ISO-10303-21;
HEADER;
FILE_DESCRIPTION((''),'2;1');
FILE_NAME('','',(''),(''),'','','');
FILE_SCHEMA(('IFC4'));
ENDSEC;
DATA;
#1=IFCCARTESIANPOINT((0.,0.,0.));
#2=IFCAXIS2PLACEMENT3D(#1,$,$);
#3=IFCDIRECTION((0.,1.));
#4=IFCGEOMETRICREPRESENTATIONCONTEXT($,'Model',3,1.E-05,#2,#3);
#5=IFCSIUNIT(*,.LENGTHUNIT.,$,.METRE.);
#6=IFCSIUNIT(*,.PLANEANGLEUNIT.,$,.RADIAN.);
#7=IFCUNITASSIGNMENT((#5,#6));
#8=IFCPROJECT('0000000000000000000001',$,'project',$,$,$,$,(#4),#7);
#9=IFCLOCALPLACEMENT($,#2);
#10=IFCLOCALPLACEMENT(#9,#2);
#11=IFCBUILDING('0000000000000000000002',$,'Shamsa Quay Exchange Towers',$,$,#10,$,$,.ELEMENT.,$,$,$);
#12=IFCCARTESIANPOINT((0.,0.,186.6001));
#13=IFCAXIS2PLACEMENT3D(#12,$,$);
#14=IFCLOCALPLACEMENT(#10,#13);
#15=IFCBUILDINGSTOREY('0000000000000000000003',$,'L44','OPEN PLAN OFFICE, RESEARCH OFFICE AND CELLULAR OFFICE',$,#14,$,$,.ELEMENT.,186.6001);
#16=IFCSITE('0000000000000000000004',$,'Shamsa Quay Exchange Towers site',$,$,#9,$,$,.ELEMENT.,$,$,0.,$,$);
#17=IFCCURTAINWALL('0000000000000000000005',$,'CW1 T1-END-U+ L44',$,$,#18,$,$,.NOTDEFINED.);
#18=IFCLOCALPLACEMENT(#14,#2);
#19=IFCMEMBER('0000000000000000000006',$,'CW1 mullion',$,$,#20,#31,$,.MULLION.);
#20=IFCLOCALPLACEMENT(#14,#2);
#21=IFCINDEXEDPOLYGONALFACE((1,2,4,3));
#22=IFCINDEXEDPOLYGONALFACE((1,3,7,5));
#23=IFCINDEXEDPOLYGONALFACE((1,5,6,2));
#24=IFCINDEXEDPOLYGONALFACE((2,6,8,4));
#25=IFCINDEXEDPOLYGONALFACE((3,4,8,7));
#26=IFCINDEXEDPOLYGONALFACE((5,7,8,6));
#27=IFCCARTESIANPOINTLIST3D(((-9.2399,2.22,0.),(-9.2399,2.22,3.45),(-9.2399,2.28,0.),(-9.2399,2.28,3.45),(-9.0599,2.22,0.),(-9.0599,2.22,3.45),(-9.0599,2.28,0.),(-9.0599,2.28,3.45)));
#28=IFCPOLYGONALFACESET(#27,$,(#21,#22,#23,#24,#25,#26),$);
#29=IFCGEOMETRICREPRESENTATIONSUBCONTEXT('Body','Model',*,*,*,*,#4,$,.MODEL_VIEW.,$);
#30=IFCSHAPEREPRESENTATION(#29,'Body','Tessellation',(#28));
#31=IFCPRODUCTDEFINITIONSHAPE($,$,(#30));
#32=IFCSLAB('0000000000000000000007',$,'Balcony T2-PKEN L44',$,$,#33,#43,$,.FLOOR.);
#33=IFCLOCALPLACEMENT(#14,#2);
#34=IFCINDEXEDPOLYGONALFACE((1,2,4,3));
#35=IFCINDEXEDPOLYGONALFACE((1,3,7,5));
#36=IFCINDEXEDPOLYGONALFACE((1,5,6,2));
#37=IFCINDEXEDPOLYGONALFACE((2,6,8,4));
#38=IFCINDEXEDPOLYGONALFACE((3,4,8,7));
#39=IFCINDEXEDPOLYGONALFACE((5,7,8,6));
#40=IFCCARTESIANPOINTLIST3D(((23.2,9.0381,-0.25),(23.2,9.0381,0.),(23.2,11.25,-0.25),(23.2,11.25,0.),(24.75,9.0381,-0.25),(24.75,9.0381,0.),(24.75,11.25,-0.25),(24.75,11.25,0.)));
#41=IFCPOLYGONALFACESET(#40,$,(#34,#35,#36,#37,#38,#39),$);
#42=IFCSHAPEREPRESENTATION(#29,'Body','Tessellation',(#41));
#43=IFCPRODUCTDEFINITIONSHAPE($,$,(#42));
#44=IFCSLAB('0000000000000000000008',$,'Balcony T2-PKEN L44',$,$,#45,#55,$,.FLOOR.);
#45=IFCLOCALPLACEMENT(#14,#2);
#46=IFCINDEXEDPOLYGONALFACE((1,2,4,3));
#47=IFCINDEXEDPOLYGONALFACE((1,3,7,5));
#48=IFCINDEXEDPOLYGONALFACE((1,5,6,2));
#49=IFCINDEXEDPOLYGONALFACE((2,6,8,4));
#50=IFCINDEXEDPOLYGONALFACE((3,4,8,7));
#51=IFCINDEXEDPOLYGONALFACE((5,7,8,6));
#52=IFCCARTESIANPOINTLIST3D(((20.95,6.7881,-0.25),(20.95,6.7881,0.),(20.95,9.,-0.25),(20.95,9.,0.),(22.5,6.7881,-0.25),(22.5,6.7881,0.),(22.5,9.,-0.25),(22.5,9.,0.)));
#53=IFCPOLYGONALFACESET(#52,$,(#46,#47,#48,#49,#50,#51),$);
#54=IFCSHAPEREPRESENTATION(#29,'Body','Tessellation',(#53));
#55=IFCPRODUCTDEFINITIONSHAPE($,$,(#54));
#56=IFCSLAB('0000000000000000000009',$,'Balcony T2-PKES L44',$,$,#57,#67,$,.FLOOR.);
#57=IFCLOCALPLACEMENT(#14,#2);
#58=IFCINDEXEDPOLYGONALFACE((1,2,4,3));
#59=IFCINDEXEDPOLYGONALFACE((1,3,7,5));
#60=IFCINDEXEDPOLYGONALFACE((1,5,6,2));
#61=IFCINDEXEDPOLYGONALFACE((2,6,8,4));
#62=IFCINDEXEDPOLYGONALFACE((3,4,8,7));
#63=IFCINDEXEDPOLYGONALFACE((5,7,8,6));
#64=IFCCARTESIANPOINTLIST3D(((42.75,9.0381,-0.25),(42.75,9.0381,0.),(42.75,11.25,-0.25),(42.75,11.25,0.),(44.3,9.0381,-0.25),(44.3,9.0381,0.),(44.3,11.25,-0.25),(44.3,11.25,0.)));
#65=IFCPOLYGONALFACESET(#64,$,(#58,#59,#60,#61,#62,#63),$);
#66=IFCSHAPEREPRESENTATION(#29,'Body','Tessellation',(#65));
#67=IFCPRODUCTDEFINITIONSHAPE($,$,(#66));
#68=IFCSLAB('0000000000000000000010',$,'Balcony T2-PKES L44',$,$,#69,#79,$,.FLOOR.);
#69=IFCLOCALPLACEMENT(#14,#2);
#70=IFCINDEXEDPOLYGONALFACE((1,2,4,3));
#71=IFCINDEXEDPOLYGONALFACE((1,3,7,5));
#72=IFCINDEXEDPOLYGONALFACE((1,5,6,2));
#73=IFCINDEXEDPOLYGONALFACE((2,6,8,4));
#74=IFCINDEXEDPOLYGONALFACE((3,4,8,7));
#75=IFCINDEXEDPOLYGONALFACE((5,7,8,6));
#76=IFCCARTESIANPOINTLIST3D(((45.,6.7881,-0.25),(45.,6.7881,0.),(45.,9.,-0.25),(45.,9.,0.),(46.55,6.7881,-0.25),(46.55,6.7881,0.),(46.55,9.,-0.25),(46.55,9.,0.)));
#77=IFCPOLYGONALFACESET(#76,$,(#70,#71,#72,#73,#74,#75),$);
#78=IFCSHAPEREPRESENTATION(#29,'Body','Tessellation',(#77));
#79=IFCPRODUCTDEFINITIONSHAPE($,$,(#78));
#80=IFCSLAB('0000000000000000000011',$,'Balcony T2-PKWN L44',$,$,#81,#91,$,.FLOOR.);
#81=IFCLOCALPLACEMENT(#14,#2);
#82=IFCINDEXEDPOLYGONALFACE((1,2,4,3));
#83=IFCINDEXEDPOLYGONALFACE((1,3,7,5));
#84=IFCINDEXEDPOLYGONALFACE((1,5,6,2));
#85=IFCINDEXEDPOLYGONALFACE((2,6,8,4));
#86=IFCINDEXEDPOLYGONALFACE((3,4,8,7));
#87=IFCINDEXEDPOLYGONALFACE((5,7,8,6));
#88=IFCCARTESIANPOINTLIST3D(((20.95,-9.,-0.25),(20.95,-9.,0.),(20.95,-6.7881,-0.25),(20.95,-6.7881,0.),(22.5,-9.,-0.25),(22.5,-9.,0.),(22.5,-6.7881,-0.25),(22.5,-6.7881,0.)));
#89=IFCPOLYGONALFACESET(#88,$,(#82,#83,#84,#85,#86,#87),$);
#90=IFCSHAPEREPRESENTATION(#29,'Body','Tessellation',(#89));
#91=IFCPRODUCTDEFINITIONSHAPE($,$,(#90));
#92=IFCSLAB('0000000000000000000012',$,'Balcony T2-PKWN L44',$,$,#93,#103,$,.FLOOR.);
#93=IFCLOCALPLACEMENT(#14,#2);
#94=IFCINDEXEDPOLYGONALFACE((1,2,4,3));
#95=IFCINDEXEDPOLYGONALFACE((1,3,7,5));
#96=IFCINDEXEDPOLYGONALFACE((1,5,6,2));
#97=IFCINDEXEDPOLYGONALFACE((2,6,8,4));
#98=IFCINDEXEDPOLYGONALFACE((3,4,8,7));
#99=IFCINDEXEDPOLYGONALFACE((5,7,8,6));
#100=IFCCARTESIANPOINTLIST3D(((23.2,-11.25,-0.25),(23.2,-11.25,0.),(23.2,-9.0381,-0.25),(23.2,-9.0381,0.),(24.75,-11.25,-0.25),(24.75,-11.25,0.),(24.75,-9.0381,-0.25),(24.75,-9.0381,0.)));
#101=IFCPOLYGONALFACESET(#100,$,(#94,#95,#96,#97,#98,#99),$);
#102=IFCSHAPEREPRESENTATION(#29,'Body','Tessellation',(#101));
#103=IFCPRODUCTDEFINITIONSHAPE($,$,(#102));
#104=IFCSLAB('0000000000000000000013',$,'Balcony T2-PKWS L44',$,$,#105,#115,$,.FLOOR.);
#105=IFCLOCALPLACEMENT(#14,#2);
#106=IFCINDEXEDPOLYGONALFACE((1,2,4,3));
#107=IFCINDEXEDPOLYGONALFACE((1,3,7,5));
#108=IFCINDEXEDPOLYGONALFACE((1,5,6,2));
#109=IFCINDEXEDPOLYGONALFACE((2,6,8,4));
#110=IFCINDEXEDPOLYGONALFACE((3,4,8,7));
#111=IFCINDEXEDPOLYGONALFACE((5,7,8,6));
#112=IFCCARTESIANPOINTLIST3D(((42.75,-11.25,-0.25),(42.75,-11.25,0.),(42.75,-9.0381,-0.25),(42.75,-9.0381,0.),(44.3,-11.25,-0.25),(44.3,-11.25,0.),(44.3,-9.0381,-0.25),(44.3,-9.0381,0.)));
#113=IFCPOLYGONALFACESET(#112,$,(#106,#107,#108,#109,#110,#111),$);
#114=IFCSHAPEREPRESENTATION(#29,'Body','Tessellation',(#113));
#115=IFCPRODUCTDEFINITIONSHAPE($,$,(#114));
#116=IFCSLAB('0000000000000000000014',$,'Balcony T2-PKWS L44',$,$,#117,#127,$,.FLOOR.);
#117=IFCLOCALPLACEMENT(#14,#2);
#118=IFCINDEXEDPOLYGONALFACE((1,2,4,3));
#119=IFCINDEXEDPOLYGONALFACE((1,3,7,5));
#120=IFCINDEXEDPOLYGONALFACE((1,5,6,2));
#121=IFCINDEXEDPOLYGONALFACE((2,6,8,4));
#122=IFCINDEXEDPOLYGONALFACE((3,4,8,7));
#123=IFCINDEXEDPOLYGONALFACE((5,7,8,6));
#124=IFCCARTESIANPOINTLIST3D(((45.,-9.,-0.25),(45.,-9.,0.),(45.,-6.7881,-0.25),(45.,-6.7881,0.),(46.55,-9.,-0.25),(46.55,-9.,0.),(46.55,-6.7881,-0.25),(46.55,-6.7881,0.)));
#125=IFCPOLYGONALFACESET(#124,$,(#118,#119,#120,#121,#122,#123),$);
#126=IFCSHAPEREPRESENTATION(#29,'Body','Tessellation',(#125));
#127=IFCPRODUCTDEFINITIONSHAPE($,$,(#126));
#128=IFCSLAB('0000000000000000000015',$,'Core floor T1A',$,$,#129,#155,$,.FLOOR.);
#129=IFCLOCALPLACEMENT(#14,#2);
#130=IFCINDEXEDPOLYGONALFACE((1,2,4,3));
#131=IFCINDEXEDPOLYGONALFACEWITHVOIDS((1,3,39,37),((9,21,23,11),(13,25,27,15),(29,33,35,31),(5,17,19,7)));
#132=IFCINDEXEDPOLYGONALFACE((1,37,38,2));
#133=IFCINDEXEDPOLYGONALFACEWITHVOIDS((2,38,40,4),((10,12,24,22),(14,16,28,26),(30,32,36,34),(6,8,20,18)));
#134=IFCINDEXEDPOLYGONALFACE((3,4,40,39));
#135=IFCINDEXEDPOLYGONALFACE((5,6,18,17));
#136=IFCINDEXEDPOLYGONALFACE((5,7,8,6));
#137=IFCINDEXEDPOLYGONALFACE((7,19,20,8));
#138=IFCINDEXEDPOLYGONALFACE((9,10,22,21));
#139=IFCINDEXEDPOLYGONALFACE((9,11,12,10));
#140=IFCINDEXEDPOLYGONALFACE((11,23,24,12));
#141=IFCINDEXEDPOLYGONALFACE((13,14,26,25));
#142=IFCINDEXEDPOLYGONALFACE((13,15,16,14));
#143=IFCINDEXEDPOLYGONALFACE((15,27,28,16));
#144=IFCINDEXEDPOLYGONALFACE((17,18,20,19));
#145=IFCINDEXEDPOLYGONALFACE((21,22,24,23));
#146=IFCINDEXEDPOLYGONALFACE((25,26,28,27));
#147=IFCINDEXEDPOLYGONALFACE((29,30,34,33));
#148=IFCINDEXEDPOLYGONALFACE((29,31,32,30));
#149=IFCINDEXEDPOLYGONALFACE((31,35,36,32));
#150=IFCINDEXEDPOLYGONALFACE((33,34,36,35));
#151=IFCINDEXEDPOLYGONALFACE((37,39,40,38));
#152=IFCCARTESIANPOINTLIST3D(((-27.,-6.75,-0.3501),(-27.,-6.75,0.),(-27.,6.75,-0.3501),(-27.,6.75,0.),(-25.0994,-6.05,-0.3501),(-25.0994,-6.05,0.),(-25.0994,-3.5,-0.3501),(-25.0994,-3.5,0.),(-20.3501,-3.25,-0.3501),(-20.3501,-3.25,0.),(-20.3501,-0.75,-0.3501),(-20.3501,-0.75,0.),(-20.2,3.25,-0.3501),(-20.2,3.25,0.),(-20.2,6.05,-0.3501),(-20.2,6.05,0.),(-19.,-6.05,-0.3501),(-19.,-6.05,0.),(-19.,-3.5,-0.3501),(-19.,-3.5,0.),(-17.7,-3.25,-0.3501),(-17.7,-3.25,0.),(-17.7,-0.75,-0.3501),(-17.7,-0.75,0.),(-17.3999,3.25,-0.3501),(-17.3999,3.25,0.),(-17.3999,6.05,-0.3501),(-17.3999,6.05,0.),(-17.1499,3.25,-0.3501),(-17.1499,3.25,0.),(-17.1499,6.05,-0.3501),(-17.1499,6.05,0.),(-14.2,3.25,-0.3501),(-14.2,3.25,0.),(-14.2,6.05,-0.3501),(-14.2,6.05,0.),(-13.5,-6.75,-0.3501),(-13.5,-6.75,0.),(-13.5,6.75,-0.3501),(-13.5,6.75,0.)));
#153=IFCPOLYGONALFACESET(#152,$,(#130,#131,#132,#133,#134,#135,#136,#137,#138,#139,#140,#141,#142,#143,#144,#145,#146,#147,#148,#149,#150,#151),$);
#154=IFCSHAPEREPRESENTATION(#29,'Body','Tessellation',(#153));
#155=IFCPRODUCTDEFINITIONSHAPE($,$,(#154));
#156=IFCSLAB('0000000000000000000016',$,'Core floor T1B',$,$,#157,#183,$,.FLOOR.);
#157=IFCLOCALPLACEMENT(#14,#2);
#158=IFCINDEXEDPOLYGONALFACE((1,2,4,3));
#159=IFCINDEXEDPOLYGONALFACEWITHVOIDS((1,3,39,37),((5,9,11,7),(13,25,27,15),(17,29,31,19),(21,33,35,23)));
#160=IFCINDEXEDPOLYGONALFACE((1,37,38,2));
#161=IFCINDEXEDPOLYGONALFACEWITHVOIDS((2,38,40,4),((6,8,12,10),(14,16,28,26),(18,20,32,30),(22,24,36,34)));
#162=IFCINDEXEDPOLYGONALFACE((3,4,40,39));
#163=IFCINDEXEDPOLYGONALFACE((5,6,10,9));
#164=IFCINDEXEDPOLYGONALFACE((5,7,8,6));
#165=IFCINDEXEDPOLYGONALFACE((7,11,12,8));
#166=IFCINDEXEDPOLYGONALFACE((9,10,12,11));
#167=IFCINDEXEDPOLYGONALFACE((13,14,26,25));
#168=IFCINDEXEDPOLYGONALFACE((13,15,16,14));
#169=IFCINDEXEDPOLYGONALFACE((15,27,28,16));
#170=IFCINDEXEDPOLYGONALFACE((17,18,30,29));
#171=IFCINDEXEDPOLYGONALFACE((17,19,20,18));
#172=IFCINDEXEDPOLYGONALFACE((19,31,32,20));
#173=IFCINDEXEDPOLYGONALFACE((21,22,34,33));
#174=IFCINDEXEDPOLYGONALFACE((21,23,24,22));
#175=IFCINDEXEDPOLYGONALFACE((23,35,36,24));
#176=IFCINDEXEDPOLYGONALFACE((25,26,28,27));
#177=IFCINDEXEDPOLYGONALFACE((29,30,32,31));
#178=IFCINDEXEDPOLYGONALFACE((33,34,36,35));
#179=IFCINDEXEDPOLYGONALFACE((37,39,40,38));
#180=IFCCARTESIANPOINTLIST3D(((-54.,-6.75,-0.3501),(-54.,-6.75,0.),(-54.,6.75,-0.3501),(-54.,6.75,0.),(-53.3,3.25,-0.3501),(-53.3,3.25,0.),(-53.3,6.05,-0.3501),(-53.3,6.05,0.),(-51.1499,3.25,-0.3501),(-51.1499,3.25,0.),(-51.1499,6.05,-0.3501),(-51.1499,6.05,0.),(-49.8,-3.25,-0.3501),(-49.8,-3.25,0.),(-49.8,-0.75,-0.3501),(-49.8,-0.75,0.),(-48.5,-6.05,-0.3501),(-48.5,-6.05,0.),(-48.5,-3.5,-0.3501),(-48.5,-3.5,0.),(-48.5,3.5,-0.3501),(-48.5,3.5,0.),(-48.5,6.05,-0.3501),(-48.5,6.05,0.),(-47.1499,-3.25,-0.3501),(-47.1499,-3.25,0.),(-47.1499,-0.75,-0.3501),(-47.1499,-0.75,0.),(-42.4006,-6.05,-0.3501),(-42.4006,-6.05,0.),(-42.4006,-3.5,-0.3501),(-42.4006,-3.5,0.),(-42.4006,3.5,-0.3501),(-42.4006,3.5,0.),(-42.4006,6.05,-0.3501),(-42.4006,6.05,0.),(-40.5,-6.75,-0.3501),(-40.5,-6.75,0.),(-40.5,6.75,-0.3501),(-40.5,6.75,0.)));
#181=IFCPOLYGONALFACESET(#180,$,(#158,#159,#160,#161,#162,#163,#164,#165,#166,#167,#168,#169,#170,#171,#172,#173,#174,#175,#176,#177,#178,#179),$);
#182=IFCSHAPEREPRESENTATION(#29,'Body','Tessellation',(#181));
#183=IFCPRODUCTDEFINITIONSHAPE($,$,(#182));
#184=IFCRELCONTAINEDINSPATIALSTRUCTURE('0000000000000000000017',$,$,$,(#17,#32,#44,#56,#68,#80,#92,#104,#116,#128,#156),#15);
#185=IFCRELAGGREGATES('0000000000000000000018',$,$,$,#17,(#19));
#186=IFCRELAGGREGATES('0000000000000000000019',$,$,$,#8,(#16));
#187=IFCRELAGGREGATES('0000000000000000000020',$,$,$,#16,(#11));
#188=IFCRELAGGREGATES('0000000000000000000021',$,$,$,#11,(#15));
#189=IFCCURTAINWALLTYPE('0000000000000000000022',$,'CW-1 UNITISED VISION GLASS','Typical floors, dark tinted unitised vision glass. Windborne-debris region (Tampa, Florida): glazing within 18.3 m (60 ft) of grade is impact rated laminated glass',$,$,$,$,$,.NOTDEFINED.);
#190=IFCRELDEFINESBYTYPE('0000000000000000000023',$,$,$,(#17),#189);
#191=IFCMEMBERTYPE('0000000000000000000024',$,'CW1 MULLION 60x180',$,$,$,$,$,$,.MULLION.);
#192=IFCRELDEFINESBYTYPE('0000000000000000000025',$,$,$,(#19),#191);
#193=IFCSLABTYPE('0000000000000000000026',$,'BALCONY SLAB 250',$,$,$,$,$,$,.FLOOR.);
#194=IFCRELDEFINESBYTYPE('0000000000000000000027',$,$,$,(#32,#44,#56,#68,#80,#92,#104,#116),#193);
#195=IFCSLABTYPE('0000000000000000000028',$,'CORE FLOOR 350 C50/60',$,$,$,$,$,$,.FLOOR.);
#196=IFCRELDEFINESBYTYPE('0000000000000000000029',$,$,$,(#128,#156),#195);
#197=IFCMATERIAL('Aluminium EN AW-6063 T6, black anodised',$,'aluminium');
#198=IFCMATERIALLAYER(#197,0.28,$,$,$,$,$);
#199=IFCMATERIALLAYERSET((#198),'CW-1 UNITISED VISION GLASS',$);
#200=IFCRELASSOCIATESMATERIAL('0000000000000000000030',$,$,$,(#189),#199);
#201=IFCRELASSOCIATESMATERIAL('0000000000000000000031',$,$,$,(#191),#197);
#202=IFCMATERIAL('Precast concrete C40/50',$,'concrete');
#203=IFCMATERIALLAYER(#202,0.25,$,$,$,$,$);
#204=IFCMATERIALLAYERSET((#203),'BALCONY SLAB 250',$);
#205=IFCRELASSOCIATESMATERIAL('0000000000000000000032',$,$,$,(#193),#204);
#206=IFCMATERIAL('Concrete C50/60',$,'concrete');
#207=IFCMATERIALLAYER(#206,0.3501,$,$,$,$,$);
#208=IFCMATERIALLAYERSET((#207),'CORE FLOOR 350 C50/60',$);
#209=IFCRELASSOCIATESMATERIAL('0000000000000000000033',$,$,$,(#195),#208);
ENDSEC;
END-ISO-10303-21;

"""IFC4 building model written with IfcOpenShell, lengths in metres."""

from ifc_helpers import new_model, si_unit, direction, frame, origin, origin_2d, place, context, subcontext, project, spatial, polyline, rectangle, outline, extrude, material, layer, layer_set, material_profile, profile_set, type_object, element, aggregate, save


model = new_model("IFC4")

# Units and contexts
model_context = context("Model", 3, precision=1e-05, world=origin(), true_north=direction((0.0, 1.0)))
body_context = subcontext(model_context, "Body", "Model", "MODEL_VIEW")
ifc_project = project(units=[si_unit("LENGTHUNIT", "METRE"), si_unit("PLANEANGLEUNIT", "RADIAN")], contexts=[model_context])

# Site, building, storey
site_placement = place(None, origin())
site = spatial("IfcSite", under=ifc_project, at=site_placement, Name="Shamsa Quay Exchange Towers site", CompositionType="ELEMENT", RefElevation=0.0)
building_placement = place(site_placement, origin())
building = spatial("IfcBuilding", under=site, at=building_placement, Name="Shamsa Quay Exchange Towers", CompositionType="ELEMENT")
storey_placement = place(building_placement, frame((0.0, 0.0, 186.6001)))
storey = spatial("IfcBuildingStorey", under=building, at=storey_placement, Name="L44", Description="OPEN PLAN OFFICE, RESEARCH OFFICE AND CELLULAR OFFICE", CompositionType="ELEMENT", Elevation=186.6001)

# Curtain wall, member
ifc_material_1 = material(Name="Aluminium EN AW-6063 T6, black anodised", Category="aluminium")
ifc_layer_1 = layer(ifc_material_1, 0.28)
ifc_layer_set_1 = layer_set([ifc_layer_1], Name="CW-1 UNITISED VISION GLASS")
curtain_wall_type = type_object("IfcCurtainWallType", Name="CW-1 UNITISED VISION GLASS", Description="Typical floors, dark tinted unitised vision glass. Windborne-debris region (Tampa, Florida): glazing within 18.3 m (60 ft) of grade is impact rated laminated glass", PredefinedType="NOTDEFINED", material=ifc_layer_set_1)
curtain_wall_placement = place(storey_placement, origin())
curtain_wall = element("IfcCurtainWall", 1, at=curtain_wall_placement, inside=storey, type_object=curtain_wall_type, Name="CW1 T1-END-U+ L44", PredefinedType="NOTDEFINED")
ifc_material_profile = material_profile(ifc_material_1, rectangle(XDim=0.1799, YDim=0.0601, at=origin_2d()), Name="MU60x180")
ifc_profile_set = profile_set([ifc_material_profile], Name="Aluminium EN AW-6063 T6, black anodised")
member_type = type_object("IfcMemberType", Name="CW1 MULLION 60x180", PredefinedType="MULLION", material=ifc_profile_set)
member_placement = place(storey_placement, frame((-9.1499, 2.25, 0.0), z_axis=(0.0, 0.0, 1.0), x_axis=(-1.0, 0.0, 0.0)))
member = element("IfcMember", 2, at=member_placement, type_object=member_type, Name="CW1 mullion", PredefinedType="MULLION", context=body_context, shape_type="SweptSolid", body=[
    extrude(rectangle(XDim=0.1799, YDim=0.0601, at=origin_2d()), origin(), (0.0, 0.0, 1.0), 3.45),
])

# Slabs
ifc_material_2 = material(Name="Precast concrete C40/50", Category="concrete")
ifc_layer_2 = layer(ifc_material_2, 0.25)
ifc_layer_set_2 = layer_set([ifc_layer_2], Name="BALCONY SLAB 250")
slab_type_1 = type_object("IfcSlabType", Name="BALCONY SLAB 250", PredefinedType="FLOOR", material=ifc_layer_set_2)
slab_1_placement = place(storey_placement, frame((0.0, 0.0, -0.25)))
element("IfcSlab", 3, at=slab_1_placement, inside=storey, type_object=slab_type_1, Name="Balcony T2-PKEN L44", PredefinedType="FLOOR", context=body_context, shape_type="SweptSolid", body=[
    extrude(outline(polyline([(24.75, 11.25), (24.75, 9.0381), (23.2, 9.0381), (23.2, 11.25), (24.75, 11.25)])), origin(), (0.0, 0.0, 1.0), 0.25),
])
slab_2_placement = place(storey_placement, frame((0.0, 0.0, -0.25)))
element("IfcSlab", 4, at=slab_2_placement, inside=storey, type_object=slab_type_1, Name="Balcony T2-PKEN L44", PredefinedType="FLOOR", context=body_context, shape_type="SweptSolid", body=[
    extrude(outline(polyline([(22.5, 9.0), (22.5, 6.7881), (20.95, 6.7881), (20.95, 9.0), (22.5, 9.0)])), origin(), (0.0, 0.0, 1.0), 0.25),
])
slab_3_placement = place(storey_placement, frame((0.0, 0.0, -0.25)))
element("IfcSlab", 5, at=slab_3_placement, inside=storey, type_object=slab_type_1, Name="Balcony T2-PKES L44", PredefinedType="FLOOR", context=body_context, shape_type="SweptSolid", body=[
    extrude(outline(polyline([(42.75, 9.0381), (42.75, 11.25), (44.3, 11.25), (44.3, 9.0381), (42.75, 9.0381)])), origin(), (0.0, 0.0, 1.0), 0.25),
])
slab_4_placement = place(storey_placement, frame((0.0, 0.0, -0.25)))
element("IfcSlab", 6, at=slab_4_placement, inside=storey, type_object=slab_type_1, Name="Balcony T2-PKES L44", PredefinedType="FLOOR", context=body_context, shape_type="SweptSolid", body=[
    extrude(outline(polyline([(45.0, 6.7881), (45.0, 9.0), (46.55, 9.0), (46.55, 6.7881), (45.0, 6.7881)])), origin(), (0.0, 0.0, 1.0), 0.25),
])
slab_5_placement = place(storey_placement, frame((0.0, 0.0, -0.25)))
element("IfcSlab", 7, at=slab_5_placement, inside=storey, type_object=slab_type_1, Name="Balcony T2-PKWN L44", PredefinedType="FLOOR", context=body_context, shape_type="SweptSolid", body=[
    extrude(outline(polyline([(22.5, -6.7881), (22.5, -9.0), (20.95, -9.0), (20.95, -6.7881), (22.5, -6.7881)])), origin(), (0.0, 0.0, 1.0), 0.25),
])
slab_6_placement = place(storey_placement, frame((0.0, 0.0, -0.25)))
element("IfcSlab", 8, at=slab_6_placement, inside=storey, type_object=slab_type_1, Name="Balcony T2-PKWN L44", PredefinedType="FLOOR", context=body_context, shape_type="SweptSolid", body=[
    extrude(outline(polyline([(24.75, -9.0381), (24.75, -11.25), (23.2, -11.25), (23.2, -9.0381), (24.75, -9.0381)])), origin(), (0.0, 0.0, 1.0), 0.25),
])
slab_7_placement = place(storey_placement, frame((0.0, 0.0, -0.25)))
element("IfcSlab", 9, at=slab_7_placement, inside=storey, type_object=slab_type_1, Name="Balcony T2-PKWS L44", PredefinedType="FLOOR", context=body_context, shape_type="SweptSolid", body=[
    extrude(outline(polyline([(42.75, -11.25), (42.75, -9.0381), (44.3, -9.0381), (44.3, -11.25), (42.75, -11.25)])), origin(), (0.0, 0.0, 1.0), 0.25),
])
slab_8_placement = place(storey_placement, frame((0.0, 0.0, -0.25)))
element("IfcSlab", 10, at=slab_8_placement, inside=storey, type_object=slab_type_1, Name="Balcony T2-PKWS L44", PredefinedType="FLOOR", context=body_context, shape_type="SweptSolid", body=[
    extrude(outline(polyline([(45.0, -9.0), (45.0, -6.7881), (46.55, -6.7881), (46.55, -9.0), (45.0, -9.0)])), origin(), (0.0, 0.0, 1.0), 0.25),
])
ifc_material_3 = material(Name="Concrete C50/60", Category="concrete")
ifc_layer_3 = layer(ifc_material_3, 0.3501)
ifc_layer_set_3 = layer_set([ifc_layer_3], Name="CORE FLOOR 350 C50/60")
slab_type_2 = type_object("IfcSlabType", Name="CORE FLOOR 350 C50/60", PredefinedType="FLOOR", material=ifc_layer_set_3)
slab_9_placement = place(storey_placement, frame((0.0, 0.0, -0.3501)))
element("IfcSlab", 11, at=slab_9_placement, inside=storey, type_object=slab_type_2, Name="Core floor T1A", PredefinedType="FLOOR", context=body_context, shape_type="SweptSolid", body=[
    extrude(outline(polyline([(-27.0, -6.75), (-13.5, -6.75), (-13.5, 6.75), (-27.0, 6.75), (-27.0, -6.75)]), holes=[polyline([(-25.0994, -6.05), (-25.0994, -3.5), (-19.0, -3.5), (-19.0, -6.05), (-25.0994, -6.05)]), polyline([(-20.2, 3.25), (-20.2, 6.05), (-17.3999, 6.05), (-17.3999, 3.25), (-20.2, 3.25)]), polyline([(-17.1499, 3.25), (-17.1499, 6.05), (-14.2, 6.05), (-14.2, 3.25), (-17.1499, 3.25)]), polyline([(-20.3501, -3.25), (-20.3501, -0.75), (-17.7, -0.75), (-17.7, -3.25), (-20.3501, -3.25)])]), origin(), (0.0, 0.0, 1.0), 0.3501),
])
slab_10_placement = place(storey_placement, frame((0.0, 0.0, -0.3501)))
element("IfcSlab", 12, at=slab_10_placement, inside=storey, type_object=slab_type_2, Name="Core floor T1B", PredefinedType="FLOOR", context=body_context, shape_type="SweptSolid", body=[
    extrude(outline(polyline([(-40.5, -6.75), (-40.5, 6.75), (-54.0, 6.75), (-54.0, -6.75), (-40.5, -6.75)]), holes=[polyline([(-42.4006, -3.5), (-42.4006, -6.05), (-48.5, -6.05), (-48.5, -3.5), (-42.4006, -3.5)]), polyline([(-42.4006, 6.05), (-42.4006, 3.5), (-48.5, 3.5), (-48.5, 6.05), (-42.4006, 6.05)]), polyline([(-51.1499, 3.25), (-53.3, 3.25), (-53.3, 6.05), (-51.1499, 6.05), (-51.1499, 3.25)]), polyline([(-47.1499, -3.25), (-49.8, -3.25), (-49.8, -0.75), (-47.1499, -0.75), (-47.1499, -3.25)])]), origin(), (0.0, 0.0, 1.0), 0.3501),
])

aggregate(curtain_wall, [member])

save(model, "model.ifc")
